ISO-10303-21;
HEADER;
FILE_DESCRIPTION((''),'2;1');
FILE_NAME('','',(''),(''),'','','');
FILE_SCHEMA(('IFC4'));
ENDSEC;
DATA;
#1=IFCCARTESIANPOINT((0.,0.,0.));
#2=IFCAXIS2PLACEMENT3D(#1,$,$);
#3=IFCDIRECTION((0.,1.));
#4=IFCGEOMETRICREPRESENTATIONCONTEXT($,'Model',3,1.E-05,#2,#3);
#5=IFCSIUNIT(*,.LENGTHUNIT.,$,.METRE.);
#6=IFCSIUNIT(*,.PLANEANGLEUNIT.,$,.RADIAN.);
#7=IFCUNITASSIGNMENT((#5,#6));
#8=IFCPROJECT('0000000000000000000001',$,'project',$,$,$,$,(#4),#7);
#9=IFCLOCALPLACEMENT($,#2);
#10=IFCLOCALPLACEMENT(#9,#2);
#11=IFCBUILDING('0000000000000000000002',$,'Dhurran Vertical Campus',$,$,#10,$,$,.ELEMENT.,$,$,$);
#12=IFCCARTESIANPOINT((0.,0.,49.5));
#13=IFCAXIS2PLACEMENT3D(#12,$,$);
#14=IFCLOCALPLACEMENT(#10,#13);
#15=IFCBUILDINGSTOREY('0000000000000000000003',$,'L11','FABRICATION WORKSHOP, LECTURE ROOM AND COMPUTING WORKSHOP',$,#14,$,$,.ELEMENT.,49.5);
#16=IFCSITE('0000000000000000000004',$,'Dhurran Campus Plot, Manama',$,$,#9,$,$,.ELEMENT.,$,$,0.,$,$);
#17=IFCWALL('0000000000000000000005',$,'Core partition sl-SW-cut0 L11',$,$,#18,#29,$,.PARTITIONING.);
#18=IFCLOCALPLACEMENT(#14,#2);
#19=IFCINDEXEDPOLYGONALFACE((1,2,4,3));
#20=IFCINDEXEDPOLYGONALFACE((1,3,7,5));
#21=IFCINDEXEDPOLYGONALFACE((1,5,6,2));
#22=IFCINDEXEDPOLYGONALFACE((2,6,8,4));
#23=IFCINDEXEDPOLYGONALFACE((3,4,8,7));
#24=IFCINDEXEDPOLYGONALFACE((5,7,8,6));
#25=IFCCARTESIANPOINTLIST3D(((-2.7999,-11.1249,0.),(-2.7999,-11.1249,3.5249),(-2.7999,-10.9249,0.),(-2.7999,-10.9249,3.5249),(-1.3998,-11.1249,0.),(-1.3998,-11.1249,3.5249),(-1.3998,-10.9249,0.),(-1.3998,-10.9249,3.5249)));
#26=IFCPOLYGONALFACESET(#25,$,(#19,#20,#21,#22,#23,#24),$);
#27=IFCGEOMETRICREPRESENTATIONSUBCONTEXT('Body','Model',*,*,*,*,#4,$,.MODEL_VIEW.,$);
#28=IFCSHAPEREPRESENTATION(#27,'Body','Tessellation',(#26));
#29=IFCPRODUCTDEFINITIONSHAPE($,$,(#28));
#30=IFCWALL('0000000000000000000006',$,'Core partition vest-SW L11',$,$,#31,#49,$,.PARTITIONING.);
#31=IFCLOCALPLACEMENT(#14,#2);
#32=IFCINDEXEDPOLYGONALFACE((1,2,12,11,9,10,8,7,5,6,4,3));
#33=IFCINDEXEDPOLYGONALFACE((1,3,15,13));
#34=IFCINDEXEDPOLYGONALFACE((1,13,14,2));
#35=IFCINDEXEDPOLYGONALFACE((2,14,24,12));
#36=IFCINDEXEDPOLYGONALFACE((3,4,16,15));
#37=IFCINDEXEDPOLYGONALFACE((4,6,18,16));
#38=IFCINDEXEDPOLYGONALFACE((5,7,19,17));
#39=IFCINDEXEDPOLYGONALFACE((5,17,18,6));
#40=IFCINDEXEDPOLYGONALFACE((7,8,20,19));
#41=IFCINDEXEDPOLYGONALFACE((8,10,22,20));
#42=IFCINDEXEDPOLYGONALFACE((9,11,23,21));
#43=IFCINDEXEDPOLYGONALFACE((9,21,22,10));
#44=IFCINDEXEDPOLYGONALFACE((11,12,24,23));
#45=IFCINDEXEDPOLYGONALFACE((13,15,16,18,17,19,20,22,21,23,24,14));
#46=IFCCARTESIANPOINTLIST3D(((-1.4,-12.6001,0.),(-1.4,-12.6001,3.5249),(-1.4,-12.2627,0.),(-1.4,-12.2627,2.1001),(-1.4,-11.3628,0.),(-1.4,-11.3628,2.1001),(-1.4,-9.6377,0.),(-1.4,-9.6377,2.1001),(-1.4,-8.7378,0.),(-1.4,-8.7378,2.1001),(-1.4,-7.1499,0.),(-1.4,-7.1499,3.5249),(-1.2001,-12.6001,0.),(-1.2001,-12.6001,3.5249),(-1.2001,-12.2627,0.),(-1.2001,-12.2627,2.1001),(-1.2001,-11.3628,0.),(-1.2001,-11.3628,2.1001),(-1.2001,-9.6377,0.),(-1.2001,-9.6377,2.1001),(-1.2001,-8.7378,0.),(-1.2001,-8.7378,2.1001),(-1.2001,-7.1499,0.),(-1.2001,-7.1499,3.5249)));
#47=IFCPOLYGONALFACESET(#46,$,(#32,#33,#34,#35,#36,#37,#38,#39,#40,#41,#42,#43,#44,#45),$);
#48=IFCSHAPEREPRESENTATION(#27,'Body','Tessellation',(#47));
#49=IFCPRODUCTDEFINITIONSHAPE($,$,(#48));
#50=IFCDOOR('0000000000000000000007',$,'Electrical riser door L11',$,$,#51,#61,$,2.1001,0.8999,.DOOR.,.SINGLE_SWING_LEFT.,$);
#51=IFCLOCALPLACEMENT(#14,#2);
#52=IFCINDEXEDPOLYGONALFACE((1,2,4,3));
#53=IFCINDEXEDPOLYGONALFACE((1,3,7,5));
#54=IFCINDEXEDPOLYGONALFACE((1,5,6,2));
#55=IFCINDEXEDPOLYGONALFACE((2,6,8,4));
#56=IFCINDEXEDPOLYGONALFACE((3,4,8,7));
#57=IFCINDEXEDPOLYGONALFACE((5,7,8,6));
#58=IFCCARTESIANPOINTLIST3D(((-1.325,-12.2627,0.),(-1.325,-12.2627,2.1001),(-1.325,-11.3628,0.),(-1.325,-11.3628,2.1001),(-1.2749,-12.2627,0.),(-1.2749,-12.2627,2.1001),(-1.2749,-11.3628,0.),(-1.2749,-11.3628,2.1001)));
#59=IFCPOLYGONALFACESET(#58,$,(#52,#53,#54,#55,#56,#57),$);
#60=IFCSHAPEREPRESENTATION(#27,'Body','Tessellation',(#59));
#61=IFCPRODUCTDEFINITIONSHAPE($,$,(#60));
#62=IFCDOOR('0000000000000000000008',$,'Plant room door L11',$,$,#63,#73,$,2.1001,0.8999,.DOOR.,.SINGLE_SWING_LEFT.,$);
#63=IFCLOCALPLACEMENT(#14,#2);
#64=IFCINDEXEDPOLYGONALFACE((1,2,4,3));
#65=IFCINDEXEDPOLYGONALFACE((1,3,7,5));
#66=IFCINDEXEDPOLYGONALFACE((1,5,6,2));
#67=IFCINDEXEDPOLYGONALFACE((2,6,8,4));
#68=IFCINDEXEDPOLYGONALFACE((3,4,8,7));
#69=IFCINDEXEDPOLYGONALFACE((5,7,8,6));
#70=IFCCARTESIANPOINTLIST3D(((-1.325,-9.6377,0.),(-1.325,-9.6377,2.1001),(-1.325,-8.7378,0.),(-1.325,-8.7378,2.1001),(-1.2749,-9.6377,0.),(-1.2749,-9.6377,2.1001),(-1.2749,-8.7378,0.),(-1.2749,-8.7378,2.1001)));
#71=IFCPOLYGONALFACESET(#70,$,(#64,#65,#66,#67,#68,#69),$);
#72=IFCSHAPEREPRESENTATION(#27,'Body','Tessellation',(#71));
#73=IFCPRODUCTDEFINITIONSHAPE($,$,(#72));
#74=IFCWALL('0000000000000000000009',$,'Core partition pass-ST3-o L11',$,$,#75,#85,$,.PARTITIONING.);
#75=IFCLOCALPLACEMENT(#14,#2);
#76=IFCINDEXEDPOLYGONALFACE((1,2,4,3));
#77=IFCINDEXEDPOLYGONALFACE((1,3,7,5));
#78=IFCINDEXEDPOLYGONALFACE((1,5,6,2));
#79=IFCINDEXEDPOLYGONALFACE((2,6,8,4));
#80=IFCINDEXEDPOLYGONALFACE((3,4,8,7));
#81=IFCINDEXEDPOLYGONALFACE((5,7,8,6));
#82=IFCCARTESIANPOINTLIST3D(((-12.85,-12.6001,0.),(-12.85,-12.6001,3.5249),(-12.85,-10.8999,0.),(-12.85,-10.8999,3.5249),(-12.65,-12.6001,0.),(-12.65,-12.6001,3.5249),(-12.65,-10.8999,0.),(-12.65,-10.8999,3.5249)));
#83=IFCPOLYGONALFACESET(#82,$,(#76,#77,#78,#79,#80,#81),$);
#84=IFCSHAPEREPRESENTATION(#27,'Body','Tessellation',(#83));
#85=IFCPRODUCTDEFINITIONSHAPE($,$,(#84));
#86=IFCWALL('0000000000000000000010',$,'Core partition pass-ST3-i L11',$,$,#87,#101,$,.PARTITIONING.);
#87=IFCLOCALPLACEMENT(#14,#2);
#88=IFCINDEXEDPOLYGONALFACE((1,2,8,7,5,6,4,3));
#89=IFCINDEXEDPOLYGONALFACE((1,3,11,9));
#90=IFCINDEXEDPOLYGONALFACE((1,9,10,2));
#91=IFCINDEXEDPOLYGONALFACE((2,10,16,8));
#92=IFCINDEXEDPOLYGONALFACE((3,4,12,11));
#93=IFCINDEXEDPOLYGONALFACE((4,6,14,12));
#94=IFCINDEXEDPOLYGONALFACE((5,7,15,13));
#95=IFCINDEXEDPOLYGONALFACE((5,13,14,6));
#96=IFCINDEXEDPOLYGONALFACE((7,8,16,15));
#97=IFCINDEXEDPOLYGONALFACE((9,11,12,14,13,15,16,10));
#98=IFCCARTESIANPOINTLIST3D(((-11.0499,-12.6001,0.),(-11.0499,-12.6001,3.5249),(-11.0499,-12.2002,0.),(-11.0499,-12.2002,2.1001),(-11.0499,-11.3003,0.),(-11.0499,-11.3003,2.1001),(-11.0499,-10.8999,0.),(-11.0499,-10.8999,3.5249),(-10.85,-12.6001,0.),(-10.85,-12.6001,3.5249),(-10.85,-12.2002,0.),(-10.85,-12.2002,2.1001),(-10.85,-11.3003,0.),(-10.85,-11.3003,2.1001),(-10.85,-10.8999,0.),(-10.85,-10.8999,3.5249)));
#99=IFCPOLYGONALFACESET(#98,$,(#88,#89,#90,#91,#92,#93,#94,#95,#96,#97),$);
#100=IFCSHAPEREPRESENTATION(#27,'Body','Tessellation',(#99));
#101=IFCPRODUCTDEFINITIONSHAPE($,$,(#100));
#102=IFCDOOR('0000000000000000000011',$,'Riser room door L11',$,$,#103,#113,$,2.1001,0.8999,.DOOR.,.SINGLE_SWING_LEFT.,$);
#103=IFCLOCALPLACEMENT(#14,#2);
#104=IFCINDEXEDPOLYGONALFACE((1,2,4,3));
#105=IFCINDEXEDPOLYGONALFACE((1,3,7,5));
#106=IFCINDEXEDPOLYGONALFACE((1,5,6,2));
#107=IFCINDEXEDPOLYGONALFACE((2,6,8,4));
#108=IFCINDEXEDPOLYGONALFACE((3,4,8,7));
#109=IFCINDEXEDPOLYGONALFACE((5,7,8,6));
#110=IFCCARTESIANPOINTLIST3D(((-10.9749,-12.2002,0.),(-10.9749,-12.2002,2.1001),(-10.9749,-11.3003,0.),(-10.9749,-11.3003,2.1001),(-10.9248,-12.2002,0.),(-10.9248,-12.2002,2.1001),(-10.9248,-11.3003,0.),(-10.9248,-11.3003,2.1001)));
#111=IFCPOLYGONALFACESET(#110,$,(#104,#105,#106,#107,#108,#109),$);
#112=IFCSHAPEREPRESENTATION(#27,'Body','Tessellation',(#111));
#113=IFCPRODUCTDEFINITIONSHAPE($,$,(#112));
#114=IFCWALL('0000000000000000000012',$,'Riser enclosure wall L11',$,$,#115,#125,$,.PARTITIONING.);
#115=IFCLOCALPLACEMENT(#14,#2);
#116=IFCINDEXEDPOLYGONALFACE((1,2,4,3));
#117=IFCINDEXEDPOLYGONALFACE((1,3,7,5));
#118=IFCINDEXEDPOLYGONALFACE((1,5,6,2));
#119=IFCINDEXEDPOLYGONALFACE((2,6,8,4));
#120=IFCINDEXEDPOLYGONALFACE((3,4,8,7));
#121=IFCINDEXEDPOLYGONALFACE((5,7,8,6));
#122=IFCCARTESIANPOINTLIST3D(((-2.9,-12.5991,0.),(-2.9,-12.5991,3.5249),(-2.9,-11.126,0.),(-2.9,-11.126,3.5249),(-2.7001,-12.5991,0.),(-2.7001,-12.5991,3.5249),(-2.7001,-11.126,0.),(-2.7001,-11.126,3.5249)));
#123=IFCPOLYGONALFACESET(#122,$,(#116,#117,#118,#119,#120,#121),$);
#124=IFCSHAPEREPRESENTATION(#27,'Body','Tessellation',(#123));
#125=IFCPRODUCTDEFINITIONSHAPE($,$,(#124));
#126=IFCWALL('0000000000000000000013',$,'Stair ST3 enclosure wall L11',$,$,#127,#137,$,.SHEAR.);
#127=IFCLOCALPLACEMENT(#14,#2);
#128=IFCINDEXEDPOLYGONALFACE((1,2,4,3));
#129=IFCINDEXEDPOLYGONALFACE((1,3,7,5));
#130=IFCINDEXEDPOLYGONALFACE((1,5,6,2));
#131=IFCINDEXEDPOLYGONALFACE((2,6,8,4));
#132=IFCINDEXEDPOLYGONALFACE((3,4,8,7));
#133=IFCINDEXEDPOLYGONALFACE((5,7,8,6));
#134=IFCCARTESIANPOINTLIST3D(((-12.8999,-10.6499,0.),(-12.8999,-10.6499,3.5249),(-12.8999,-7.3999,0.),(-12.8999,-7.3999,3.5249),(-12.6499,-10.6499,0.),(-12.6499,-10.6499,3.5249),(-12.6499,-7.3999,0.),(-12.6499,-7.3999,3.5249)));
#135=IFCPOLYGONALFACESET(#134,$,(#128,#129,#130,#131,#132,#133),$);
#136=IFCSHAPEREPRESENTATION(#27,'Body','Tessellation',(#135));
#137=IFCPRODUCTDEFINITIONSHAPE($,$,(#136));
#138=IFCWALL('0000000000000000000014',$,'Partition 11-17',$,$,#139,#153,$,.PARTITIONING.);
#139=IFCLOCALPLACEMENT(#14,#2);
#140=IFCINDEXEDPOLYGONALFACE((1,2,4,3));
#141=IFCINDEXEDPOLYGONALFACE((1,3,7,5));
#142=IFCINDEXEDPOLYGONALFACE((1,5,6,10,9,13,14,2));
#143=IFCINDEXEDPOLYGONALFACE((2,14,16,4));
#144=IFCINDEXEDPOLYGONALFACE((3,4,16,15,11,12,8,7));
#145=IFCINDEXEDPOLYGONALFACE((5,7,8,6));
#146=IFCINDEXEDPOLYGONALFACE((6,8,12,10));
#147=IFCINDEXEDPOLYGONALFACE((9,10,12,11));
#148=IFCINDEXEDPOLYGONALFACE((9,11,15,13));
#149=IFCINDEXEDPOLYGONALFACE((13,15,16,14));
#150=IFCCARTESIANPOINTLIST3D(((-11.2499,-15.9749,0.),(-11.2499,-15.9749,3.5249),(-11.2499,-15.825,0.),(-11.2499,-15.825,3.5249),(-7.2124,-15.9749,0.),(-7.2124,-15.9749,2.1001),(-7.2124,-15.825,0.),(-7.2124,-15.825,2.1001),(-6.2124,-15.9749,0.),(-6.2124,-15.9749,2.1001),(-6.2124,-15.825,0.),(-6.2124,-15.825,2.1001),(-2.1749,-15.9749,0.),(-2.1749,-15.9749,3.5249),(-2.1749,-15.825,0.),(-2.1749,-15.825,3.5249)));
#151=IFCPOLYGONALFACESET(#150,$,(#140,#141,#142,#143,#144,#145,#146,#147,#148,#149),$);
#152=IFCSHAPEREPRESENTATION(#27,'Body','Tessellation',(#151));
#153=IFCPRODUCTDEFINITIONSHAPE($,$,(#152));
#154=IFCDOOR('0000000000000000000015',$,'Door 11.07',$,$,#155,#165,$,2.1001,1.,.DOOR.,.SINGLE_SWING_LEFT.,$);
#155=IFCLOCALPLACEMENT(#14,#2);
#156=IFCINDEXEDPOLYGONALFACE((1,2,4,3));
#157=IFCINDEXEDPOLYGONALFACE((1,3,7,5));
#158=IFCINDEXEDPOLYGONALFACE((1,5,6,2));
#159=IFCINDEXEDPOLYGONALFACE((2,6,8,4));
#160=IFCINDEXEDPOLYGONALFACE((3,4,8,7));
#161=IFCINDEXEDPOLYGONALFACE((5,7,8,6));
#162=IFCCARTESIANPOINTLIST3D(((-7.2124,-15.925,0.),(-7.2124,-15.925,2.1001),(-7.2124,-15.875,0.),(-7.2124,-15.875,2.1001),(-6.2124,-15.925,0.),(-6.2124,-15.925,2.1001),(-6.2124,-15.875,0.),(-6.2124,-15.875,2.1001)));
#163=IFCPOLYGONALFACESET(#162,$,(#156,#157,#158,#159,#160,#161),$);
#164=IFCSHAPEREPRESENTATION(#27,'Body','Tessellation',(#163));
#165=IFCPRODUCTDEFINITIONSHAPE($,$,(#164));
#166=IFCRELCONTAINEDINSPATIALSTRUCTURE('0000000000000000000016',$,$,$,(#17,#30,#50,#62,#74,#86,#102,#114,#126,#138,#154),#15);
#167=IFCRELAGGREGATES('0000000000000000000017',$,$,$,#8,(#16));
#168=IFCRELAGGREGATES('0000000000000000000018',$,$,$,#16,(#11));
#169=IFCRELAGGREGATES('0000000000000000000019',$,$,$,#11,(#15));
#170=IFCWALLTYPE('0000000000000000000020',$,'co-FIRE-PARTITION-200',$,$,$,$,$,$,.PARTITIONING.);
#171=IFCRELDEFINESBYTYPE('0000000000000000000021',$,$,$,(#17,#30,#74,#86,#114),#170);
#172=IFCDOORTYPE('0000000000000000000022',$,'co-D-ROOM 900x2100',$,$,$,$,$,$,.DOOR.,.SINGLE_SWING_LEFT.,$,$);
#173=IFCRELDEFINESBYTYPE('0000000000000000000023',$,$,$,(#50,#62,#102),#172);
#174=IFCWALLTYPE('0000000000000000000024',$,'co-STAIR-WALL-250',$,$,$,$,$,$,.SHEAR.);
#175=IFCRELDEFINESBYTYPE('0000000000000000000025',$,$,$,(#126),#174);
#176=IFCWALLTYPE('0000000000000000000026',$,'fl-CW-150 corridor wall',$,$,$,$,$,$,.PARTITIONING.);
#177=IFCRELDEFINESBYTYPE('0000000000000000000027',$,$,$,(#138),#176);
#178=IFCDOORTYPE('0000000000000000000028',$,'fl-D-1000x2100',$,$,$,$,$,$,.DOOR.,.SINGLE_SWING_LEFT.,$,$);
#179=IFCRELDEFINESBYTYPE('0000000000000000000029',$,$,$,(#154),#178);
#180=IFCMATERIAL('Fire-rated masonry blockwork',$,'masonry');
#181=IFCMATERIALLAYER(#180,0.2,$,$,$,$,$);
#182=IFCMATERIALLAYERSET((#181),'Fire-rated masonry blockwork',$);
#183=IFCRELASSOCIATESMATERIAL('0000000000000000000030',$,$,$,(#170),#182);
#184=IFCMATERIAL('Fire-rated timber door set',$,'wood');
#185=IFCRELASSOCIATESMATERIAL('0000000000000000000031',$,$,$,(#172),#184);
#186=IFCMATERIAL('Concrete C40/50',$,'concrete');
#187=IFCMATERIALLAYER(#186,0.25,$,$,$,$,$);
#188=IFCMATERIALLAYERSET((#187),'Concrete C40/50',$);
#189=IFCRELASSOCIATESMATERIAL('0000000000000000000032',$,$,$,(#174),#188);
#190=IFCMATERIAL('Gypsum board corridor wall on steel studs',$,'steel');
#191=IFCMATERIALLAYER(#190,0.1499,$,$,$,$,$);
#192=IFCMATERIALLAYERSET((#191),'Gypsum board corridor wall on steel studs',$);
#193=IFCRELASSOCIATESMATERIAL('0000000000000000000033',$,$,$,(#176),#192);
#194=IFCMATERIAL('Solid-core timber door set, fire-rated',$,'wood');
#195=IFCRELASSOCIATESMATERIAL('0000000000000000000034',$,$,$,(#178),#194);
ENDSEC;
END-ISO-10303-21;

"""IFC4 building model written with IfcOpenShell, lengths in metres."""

from ifc_helpers import new_model, si_unit, direction, frame, frame_2d, origin, place, context, subcontext, project, spatial, rectangle, extrude, material, layer, layer_set, type_object, element, fill, save


model = new_model("IFC4")

# Units and contexts
model_context = context("Model", 3, precision=1e-05, world=origin(), true_north=direction((0.0, 1.0)))
body_context = subcontext(model_context, "Body", "Model", "MODEL_VIEW")
ifc_project = project(units=[si_unit("LENGTHUNIT", "METRE"), si_unit("PLANEANGLEUNIT", "RADIAN")], contexts=[model_context])

# Site, building, storey
site_placement = place(None, origin())
site = spatial("IfcSite", under=ifc_project, at=site_placement, Name="Dhurran Campus Plot, Manama", CompositionType="ELEMENT", RefElevation=0.0)
building_placement = place(site_placement, origin())
building = spatial("IfcBuilding", under=site, at=building_placement, Name="Dhurran Vertical Campus", CompositionType="ELEMENT")
storey_placement = place(building_placement, frame((0.0, 0.0, 49.5)))
storey = spatial("IfcBuildingStorey", under=building, at=storey_placement, Name="L11", Description="FABRICATION WORKSHOP, LECTURE ROOM AND COMPUTING WORKSHOP", CompositionType="ELEMENT", Elevation=49.5)

# Wall
ifc_material_1 = material(Name="Fire-rated masonry blockwork", Category="masonry")
ifc_layer_1 = layer(ifc_material_1, 0.2)
ifc_layer_set_1 = layer_set([ifc_layer_1], Name="Fire-rated masonry blockwork")
wall_type_1 = type_object("IfcWallType", Name="co-FIRE-PARTITION-200", PredefinedType="PARTITIONING", material=ifc_layer_set_1)
wall_1_placement = place(storey_placement, frame((-2.8, -11.0249, 0.0), z_axis=(0.0, 0.0, 1.0), x_axis=(1.0, 0.0, 0.0)))
element("IfcWall", 1, at=wall_1_placement, inside=storey, type_object=wall_type_1, Name="Core partition sl-SW-cut0 L11", PredefinedType="PARTITIONING", context=body_context, shape_type="SweptSolid", body=[
    extrude(rectangle(XDim=1.4001, YDim=0.2, at=frame_2d((0.7002, 0.0))), origin(), (0.0, 0.0, 1.0), 3.5249),
])

# Wall, openings, doors
wall_2_placement = place(storey_placement, frame((-1.3, -12.6001, 0.0), z_axis=(0.0, 0.0, 1.0), x_axis=(0.0, 1.0, 0.0)))
wall_2 = element("IfcWall", 2, at=wall_2_placement, inside=storey, type_object=wall_type_1, Name="Core partition vest-SW L11", PredefinedType="PARTITIONING", context=body_context, shape_type="SweptSolid", body=[
    extrude(rectangle(XDim=5.4502, YDim=0.2, at=frame_2d((2.7251, 0.0))), origin(), (0.0, 0.0, 1.0), 3.5249),
])
opening_1_placement = place(wall_2_placement, frame((0.3374, 0.0, 0.0)))
opening_1 = element("IfcOpeningElement", 3, at=opening_1_placement, cuts=wall_2, PredefinedType="OPENING", context=body_context, shape_type="SweptSolid", body=[
    extrude(rectangle(XDim=0.8999, YDim=2.1001, at=frame_2d((0.45, 1.05))), frame((0.0, 0.1099, 0.0), z_axis=(0.0, -1.0, 0.0), x_axis=(1.0, 0.0, 0.0)), (0.0, 0.0, 1.0), 0.22),
])
opening_2_placement = place(wall_2_placement, frame((2.9624, 0.0, 0.0)))
opening_2 = element("IfcOpeningElement", 4, at=opening_2_placement, cuts=wall_2, PredefinedType="OPENING", context=body_context, shape_type="SweptSolid", body=[
    extrude(rectangle(XDim=0.8999, YDim=2.1001, at=frame_2d((0.45, 1.05))), frame((0.0, 0.1099, 0.0), z_axis=(0.0, -1.0, 0.0), x_axis=(1.0, 0.0, 0.0)), (0.0, 0.0, 1.0), 0.22),
])
ifc_material_2 = material(Name="Fire-rated timber door set", Category="wood")
door_type_1 = type_object("IfcDoorType", Name="co-D-ROOM 900x2100", OperationType="SINGLE_SWING_LEFT", PredefinedType="DOOR", material=ifc_material_2)
door_1_placement = place(opening_1_placement, origin())
door_1 = element("IfcDoor", 5, at=door_1_placement, inside=storey, type_object=door_type_1, Name="Electrical riser door L11", OperationType="SINGLE_SWING_LEFT", OverallHeight=2.1001, OverallWidth=0.8999, PredefinedType="DOOR", context=body_context, shape_type="SweptSolid", body=[
    extrude(rectangle(XDim=0.8999, YDim=2.1001, at=frame_2d((0.45, 1.05))), frame((0.0, 0.0249, 0.0), z_axis=(0.0, -1.0, 0.0), x_axis=(1.0, 0.0, 0.0)), (0.0, 0.0, 1.0), 0.05),
])
fill(opening_1, door_1)
door_2_placement = place(opening_2_placement, origin())
door_2 = element("IfcDoor", 6, at=door_2_placement, inside=storey, type_object=door_type_1, Name="Plant room door L11", OperationType="SINGLE_SWING_LEFT", OverallHeight=2.1001, OverallWidth=0.8999, PredefinedType="DOOR", context=body_context, shape_type="SweptSolid", body=[
    extrude(rectangle(XDim=0.8999, YDim=2.1001, at=frame_2d((0.45, 1.05))), frame((0.0, 0.0249, 0.0), z_axis=(0.0, -1.0, 0.0), x_axis=(1.0, 0.0, 0.0)), (0.0, 0.0, 1.0), 0.05),
])
fill(opening_2, door_2)

# Wall
wall_3_placement = place(storey_placement, frame((-12.75, -12.6001, 0.0), z_axis=(0.0, 0.0, 1.0), x_axis=(0.0, 1.0, 0.0)))
element("IfcWall", 7, at=wall_3_placement, inside=storey, type_object=wall_type_1, Name="Core partition pass-ST3-o L11", PredefinedType="PARTITIONING", context=body_context, shape_type="SweptSolid", body=[
    extrude(rectangle(XDim=1.7002, YDim=0.2, at=frame_2d((0.8501, 0.0))), origin(), (0.0, 0.0, 1.0), 3.5249),
])

# Wall, opening, door
wall_4_placement = place(storey_placement, frame((-10.95, -12.6001, 0.0), z_axis=(0.0, 0.0, 1.0), x_axis=(0.0, 1.0, 0.0)))
wall_4 = element("IfcWall", 8, at=wall_4_placement, inside=storey, type_object=wall_type_1, Name="Core partition pass-ST3-i L11", PredefinedType="PARTITIONING", context=body_context, shape_type="SweptSolid", body=[
    extrude(rectangle(XDim=1.7002, YDim=0.2, at=frame_2d((0.8501, 0.0))), origin(), (0.0, 0.0, 1.0), 3.5249),
])
opening_3_placement = place(wall_4_placement, frame((0.3999, 0.0, 0.0)))
opening_3 = element("IfcOpeningElement", 9, at=opening_3_placement, cuts=wall_4, PredefinedType="OPENING", context=body_context, shape_type="SweptSolid", body=[
    extrude(rectangle(XDim=0.8999, YDim=2.1001, at=frame_2d((0.45, 1.05))), frame((0.0, 0.1099, 0.0), z_axis=(0.0, -1.0, 0.0), x_axis=(1.0, 0.0, 0.0)), (0.0, 0.0, 1.0), 0.22),
])
door_3_placement = place(opening_3_placement, origin())
door_3 = element("IfcDoor", 10, at=door_3_placement, inside=storey, type_object=door_type_1, Name="Riser room door L11", OperationType="SINGLE_SWING_LEFT", OverallHeight=2.1001, OverallWidth=0.8999, PredefinedType="DOOR", context=body_context, shape_type="SweptSolid", body=[
    extrude(rectangle(XDim=0.8999, YDim=2.1001, at=frame_2d((0.45, 1.05))), frame((0.0, 0.0249, 0.0), z_axis=(0.0, -1.0, 0.0), x_axis=(1.0, 0.0, 0.0)), (0.0, 0.0, 1.0), 0.05),
])
fill(opening_3, door_3)

# Walls
wall_5_placement = place(storey_placement, frame((-2.8, -12.5991, 0.0), z_axis=(0.0, 0.0, 1.0), x_axis=(0.0, 1.0, 0.0)))
element("IfcWall", 11, at=wall_5_placement, inside=storey, type_object=wall_type_1, Name="Riser enclosure wall L11", PredefinedType="PARTITIONING", context=body_context, shape_type="SweptSolid", body=[
    extrude(rectangle(XDim=1.4731, YDim=0.2, at=frame_2d((0.7366, 0.0))), origin(), (0.0, 0.0, 1.0), 3.5249),
])
ifc_material_3 = material(Name="Concrete C40/50", Category="concrete")
ifc_layer_2 = layer(ifc_material_3, 0.25)
ifc_layer_set_2 = layer_set([ifc_layer_2], Name="Concrete C40/50")
wall_type_2 = type_object("IfcWallType", Name="co-STAIR-WALL-250", PredefinedType="SHEAR", material=ifc_layer_set_2)
wall_6_placement = place(storey_placement, frame((-12.7749, -10.6499, 0.0), z_axis=(0.0, 0.0, 1.0), x_axis=(0.0, 1.0, 0.0)))
element("IfcWall", 12, at=wall_6_placement, inside=storey, type_object=wall_type_2, Name="Stair ST3 enclosure wall L11", PredefinedType="SHEAR", context=body_context, shape_type="SweptSolid", body=[
    extrude(rectangle(XDim=3.25, YDim=0.25, at=frame_2d((1.625, 0.0))), origin(), (0.0, 0.0, 1.0), 3.5249),
])

# Wall, opening, door
ifc_material_4 = material(Name="Gypsum board corridor wall on steel studs", Category="steel")
ifc_layer_3 = layer(ifc_material_4, 0.1499)
ifc_layer_set_3 = layer_set([ifc_layer_3], Name="Gypsum board corridor wall on steel studs")
wall_type_3 = type_object("IfcWallType", Name="fl-CW-150 corridor wall", PredefinedType="PARTITIONING", material=ifc_layer_set_3)
wall_7_placement = place(storey_placement, frame((-11.25, -15.8999, 0.0), z_axis=(0.0, 0.0, 1.0), x_axis=(1.0, 0.0, 0.0)))
wall_7 = element("IfcWall", 13, at=wall_7_placement, inside=storey, type_object=wall_type_3, Name="Partition 11-17", PredefinedType="PARTITIONING", context=body_context, shape_type="SweptSolid", body=[
    extrude(rectangle(XDim=9.075, YDim=0.1499, at=frame_2d((4.5376, 0.0))), origin(), (0.0, 0.0, 1.0), 3.5249),
])
opening_4_placement = place(wall_7_placement, frame((4.0376, 0.0, 0.0)))
opening_4 = element("IfcOpeningElement", 14, at=opening_4_placement, cuts=wall_7, PredefinedType="OPENING", context=body_context, shape_type="SweptSolid", body=[
    extrude(rectangle(XDim=1.0, YDim=2.1001, at=frame_2d((0.5, 1.05))), frame((0.0, 0.085, 0.0), z_axis=(0.0, -1.0, 0.0), x_axis=(1.0, 0.0, 0.0)), (0.0, 0.0, 1.0), 0.1699),
])
ifc_material_5 = material(Name="Solid-core timber door set, fire-rated", Category="wood")
door_type_2 = type_object("IfcDoorType", Name="fl-D-1000x2100", OperationType="SINGLE_SWING_LEFT", PredefinedType="DOOR", material=ifc_material_5)
door_4_placement = place(opening_4_placement, origin())
door_4 = element("IfcDoor", 15, at=door_4_placement, inside=storey, type_object=door_type_2, Name="Door 11.07", OperationType="SINGLE_SWING_LEFT", OverallHeight=2.1001, OverallWidth=1.0, PredefinedType="DOOR", context=body_context, shape_type="SweptSolid", body=[
    extrude(rectangle(XDim=1.0, YDim=2.1001, at=frame_2d((0.5, 1.05))), frame((0.0, 0.0249, 0.0), z_axis=(0.0, -1.0, 0.0), x_axis=(1.0, 0.0, 0.0)), (0.0, 0.0, 1.0), 0.05),
])
fill(opening_4, door_4)

save(model, "model.ifc")
